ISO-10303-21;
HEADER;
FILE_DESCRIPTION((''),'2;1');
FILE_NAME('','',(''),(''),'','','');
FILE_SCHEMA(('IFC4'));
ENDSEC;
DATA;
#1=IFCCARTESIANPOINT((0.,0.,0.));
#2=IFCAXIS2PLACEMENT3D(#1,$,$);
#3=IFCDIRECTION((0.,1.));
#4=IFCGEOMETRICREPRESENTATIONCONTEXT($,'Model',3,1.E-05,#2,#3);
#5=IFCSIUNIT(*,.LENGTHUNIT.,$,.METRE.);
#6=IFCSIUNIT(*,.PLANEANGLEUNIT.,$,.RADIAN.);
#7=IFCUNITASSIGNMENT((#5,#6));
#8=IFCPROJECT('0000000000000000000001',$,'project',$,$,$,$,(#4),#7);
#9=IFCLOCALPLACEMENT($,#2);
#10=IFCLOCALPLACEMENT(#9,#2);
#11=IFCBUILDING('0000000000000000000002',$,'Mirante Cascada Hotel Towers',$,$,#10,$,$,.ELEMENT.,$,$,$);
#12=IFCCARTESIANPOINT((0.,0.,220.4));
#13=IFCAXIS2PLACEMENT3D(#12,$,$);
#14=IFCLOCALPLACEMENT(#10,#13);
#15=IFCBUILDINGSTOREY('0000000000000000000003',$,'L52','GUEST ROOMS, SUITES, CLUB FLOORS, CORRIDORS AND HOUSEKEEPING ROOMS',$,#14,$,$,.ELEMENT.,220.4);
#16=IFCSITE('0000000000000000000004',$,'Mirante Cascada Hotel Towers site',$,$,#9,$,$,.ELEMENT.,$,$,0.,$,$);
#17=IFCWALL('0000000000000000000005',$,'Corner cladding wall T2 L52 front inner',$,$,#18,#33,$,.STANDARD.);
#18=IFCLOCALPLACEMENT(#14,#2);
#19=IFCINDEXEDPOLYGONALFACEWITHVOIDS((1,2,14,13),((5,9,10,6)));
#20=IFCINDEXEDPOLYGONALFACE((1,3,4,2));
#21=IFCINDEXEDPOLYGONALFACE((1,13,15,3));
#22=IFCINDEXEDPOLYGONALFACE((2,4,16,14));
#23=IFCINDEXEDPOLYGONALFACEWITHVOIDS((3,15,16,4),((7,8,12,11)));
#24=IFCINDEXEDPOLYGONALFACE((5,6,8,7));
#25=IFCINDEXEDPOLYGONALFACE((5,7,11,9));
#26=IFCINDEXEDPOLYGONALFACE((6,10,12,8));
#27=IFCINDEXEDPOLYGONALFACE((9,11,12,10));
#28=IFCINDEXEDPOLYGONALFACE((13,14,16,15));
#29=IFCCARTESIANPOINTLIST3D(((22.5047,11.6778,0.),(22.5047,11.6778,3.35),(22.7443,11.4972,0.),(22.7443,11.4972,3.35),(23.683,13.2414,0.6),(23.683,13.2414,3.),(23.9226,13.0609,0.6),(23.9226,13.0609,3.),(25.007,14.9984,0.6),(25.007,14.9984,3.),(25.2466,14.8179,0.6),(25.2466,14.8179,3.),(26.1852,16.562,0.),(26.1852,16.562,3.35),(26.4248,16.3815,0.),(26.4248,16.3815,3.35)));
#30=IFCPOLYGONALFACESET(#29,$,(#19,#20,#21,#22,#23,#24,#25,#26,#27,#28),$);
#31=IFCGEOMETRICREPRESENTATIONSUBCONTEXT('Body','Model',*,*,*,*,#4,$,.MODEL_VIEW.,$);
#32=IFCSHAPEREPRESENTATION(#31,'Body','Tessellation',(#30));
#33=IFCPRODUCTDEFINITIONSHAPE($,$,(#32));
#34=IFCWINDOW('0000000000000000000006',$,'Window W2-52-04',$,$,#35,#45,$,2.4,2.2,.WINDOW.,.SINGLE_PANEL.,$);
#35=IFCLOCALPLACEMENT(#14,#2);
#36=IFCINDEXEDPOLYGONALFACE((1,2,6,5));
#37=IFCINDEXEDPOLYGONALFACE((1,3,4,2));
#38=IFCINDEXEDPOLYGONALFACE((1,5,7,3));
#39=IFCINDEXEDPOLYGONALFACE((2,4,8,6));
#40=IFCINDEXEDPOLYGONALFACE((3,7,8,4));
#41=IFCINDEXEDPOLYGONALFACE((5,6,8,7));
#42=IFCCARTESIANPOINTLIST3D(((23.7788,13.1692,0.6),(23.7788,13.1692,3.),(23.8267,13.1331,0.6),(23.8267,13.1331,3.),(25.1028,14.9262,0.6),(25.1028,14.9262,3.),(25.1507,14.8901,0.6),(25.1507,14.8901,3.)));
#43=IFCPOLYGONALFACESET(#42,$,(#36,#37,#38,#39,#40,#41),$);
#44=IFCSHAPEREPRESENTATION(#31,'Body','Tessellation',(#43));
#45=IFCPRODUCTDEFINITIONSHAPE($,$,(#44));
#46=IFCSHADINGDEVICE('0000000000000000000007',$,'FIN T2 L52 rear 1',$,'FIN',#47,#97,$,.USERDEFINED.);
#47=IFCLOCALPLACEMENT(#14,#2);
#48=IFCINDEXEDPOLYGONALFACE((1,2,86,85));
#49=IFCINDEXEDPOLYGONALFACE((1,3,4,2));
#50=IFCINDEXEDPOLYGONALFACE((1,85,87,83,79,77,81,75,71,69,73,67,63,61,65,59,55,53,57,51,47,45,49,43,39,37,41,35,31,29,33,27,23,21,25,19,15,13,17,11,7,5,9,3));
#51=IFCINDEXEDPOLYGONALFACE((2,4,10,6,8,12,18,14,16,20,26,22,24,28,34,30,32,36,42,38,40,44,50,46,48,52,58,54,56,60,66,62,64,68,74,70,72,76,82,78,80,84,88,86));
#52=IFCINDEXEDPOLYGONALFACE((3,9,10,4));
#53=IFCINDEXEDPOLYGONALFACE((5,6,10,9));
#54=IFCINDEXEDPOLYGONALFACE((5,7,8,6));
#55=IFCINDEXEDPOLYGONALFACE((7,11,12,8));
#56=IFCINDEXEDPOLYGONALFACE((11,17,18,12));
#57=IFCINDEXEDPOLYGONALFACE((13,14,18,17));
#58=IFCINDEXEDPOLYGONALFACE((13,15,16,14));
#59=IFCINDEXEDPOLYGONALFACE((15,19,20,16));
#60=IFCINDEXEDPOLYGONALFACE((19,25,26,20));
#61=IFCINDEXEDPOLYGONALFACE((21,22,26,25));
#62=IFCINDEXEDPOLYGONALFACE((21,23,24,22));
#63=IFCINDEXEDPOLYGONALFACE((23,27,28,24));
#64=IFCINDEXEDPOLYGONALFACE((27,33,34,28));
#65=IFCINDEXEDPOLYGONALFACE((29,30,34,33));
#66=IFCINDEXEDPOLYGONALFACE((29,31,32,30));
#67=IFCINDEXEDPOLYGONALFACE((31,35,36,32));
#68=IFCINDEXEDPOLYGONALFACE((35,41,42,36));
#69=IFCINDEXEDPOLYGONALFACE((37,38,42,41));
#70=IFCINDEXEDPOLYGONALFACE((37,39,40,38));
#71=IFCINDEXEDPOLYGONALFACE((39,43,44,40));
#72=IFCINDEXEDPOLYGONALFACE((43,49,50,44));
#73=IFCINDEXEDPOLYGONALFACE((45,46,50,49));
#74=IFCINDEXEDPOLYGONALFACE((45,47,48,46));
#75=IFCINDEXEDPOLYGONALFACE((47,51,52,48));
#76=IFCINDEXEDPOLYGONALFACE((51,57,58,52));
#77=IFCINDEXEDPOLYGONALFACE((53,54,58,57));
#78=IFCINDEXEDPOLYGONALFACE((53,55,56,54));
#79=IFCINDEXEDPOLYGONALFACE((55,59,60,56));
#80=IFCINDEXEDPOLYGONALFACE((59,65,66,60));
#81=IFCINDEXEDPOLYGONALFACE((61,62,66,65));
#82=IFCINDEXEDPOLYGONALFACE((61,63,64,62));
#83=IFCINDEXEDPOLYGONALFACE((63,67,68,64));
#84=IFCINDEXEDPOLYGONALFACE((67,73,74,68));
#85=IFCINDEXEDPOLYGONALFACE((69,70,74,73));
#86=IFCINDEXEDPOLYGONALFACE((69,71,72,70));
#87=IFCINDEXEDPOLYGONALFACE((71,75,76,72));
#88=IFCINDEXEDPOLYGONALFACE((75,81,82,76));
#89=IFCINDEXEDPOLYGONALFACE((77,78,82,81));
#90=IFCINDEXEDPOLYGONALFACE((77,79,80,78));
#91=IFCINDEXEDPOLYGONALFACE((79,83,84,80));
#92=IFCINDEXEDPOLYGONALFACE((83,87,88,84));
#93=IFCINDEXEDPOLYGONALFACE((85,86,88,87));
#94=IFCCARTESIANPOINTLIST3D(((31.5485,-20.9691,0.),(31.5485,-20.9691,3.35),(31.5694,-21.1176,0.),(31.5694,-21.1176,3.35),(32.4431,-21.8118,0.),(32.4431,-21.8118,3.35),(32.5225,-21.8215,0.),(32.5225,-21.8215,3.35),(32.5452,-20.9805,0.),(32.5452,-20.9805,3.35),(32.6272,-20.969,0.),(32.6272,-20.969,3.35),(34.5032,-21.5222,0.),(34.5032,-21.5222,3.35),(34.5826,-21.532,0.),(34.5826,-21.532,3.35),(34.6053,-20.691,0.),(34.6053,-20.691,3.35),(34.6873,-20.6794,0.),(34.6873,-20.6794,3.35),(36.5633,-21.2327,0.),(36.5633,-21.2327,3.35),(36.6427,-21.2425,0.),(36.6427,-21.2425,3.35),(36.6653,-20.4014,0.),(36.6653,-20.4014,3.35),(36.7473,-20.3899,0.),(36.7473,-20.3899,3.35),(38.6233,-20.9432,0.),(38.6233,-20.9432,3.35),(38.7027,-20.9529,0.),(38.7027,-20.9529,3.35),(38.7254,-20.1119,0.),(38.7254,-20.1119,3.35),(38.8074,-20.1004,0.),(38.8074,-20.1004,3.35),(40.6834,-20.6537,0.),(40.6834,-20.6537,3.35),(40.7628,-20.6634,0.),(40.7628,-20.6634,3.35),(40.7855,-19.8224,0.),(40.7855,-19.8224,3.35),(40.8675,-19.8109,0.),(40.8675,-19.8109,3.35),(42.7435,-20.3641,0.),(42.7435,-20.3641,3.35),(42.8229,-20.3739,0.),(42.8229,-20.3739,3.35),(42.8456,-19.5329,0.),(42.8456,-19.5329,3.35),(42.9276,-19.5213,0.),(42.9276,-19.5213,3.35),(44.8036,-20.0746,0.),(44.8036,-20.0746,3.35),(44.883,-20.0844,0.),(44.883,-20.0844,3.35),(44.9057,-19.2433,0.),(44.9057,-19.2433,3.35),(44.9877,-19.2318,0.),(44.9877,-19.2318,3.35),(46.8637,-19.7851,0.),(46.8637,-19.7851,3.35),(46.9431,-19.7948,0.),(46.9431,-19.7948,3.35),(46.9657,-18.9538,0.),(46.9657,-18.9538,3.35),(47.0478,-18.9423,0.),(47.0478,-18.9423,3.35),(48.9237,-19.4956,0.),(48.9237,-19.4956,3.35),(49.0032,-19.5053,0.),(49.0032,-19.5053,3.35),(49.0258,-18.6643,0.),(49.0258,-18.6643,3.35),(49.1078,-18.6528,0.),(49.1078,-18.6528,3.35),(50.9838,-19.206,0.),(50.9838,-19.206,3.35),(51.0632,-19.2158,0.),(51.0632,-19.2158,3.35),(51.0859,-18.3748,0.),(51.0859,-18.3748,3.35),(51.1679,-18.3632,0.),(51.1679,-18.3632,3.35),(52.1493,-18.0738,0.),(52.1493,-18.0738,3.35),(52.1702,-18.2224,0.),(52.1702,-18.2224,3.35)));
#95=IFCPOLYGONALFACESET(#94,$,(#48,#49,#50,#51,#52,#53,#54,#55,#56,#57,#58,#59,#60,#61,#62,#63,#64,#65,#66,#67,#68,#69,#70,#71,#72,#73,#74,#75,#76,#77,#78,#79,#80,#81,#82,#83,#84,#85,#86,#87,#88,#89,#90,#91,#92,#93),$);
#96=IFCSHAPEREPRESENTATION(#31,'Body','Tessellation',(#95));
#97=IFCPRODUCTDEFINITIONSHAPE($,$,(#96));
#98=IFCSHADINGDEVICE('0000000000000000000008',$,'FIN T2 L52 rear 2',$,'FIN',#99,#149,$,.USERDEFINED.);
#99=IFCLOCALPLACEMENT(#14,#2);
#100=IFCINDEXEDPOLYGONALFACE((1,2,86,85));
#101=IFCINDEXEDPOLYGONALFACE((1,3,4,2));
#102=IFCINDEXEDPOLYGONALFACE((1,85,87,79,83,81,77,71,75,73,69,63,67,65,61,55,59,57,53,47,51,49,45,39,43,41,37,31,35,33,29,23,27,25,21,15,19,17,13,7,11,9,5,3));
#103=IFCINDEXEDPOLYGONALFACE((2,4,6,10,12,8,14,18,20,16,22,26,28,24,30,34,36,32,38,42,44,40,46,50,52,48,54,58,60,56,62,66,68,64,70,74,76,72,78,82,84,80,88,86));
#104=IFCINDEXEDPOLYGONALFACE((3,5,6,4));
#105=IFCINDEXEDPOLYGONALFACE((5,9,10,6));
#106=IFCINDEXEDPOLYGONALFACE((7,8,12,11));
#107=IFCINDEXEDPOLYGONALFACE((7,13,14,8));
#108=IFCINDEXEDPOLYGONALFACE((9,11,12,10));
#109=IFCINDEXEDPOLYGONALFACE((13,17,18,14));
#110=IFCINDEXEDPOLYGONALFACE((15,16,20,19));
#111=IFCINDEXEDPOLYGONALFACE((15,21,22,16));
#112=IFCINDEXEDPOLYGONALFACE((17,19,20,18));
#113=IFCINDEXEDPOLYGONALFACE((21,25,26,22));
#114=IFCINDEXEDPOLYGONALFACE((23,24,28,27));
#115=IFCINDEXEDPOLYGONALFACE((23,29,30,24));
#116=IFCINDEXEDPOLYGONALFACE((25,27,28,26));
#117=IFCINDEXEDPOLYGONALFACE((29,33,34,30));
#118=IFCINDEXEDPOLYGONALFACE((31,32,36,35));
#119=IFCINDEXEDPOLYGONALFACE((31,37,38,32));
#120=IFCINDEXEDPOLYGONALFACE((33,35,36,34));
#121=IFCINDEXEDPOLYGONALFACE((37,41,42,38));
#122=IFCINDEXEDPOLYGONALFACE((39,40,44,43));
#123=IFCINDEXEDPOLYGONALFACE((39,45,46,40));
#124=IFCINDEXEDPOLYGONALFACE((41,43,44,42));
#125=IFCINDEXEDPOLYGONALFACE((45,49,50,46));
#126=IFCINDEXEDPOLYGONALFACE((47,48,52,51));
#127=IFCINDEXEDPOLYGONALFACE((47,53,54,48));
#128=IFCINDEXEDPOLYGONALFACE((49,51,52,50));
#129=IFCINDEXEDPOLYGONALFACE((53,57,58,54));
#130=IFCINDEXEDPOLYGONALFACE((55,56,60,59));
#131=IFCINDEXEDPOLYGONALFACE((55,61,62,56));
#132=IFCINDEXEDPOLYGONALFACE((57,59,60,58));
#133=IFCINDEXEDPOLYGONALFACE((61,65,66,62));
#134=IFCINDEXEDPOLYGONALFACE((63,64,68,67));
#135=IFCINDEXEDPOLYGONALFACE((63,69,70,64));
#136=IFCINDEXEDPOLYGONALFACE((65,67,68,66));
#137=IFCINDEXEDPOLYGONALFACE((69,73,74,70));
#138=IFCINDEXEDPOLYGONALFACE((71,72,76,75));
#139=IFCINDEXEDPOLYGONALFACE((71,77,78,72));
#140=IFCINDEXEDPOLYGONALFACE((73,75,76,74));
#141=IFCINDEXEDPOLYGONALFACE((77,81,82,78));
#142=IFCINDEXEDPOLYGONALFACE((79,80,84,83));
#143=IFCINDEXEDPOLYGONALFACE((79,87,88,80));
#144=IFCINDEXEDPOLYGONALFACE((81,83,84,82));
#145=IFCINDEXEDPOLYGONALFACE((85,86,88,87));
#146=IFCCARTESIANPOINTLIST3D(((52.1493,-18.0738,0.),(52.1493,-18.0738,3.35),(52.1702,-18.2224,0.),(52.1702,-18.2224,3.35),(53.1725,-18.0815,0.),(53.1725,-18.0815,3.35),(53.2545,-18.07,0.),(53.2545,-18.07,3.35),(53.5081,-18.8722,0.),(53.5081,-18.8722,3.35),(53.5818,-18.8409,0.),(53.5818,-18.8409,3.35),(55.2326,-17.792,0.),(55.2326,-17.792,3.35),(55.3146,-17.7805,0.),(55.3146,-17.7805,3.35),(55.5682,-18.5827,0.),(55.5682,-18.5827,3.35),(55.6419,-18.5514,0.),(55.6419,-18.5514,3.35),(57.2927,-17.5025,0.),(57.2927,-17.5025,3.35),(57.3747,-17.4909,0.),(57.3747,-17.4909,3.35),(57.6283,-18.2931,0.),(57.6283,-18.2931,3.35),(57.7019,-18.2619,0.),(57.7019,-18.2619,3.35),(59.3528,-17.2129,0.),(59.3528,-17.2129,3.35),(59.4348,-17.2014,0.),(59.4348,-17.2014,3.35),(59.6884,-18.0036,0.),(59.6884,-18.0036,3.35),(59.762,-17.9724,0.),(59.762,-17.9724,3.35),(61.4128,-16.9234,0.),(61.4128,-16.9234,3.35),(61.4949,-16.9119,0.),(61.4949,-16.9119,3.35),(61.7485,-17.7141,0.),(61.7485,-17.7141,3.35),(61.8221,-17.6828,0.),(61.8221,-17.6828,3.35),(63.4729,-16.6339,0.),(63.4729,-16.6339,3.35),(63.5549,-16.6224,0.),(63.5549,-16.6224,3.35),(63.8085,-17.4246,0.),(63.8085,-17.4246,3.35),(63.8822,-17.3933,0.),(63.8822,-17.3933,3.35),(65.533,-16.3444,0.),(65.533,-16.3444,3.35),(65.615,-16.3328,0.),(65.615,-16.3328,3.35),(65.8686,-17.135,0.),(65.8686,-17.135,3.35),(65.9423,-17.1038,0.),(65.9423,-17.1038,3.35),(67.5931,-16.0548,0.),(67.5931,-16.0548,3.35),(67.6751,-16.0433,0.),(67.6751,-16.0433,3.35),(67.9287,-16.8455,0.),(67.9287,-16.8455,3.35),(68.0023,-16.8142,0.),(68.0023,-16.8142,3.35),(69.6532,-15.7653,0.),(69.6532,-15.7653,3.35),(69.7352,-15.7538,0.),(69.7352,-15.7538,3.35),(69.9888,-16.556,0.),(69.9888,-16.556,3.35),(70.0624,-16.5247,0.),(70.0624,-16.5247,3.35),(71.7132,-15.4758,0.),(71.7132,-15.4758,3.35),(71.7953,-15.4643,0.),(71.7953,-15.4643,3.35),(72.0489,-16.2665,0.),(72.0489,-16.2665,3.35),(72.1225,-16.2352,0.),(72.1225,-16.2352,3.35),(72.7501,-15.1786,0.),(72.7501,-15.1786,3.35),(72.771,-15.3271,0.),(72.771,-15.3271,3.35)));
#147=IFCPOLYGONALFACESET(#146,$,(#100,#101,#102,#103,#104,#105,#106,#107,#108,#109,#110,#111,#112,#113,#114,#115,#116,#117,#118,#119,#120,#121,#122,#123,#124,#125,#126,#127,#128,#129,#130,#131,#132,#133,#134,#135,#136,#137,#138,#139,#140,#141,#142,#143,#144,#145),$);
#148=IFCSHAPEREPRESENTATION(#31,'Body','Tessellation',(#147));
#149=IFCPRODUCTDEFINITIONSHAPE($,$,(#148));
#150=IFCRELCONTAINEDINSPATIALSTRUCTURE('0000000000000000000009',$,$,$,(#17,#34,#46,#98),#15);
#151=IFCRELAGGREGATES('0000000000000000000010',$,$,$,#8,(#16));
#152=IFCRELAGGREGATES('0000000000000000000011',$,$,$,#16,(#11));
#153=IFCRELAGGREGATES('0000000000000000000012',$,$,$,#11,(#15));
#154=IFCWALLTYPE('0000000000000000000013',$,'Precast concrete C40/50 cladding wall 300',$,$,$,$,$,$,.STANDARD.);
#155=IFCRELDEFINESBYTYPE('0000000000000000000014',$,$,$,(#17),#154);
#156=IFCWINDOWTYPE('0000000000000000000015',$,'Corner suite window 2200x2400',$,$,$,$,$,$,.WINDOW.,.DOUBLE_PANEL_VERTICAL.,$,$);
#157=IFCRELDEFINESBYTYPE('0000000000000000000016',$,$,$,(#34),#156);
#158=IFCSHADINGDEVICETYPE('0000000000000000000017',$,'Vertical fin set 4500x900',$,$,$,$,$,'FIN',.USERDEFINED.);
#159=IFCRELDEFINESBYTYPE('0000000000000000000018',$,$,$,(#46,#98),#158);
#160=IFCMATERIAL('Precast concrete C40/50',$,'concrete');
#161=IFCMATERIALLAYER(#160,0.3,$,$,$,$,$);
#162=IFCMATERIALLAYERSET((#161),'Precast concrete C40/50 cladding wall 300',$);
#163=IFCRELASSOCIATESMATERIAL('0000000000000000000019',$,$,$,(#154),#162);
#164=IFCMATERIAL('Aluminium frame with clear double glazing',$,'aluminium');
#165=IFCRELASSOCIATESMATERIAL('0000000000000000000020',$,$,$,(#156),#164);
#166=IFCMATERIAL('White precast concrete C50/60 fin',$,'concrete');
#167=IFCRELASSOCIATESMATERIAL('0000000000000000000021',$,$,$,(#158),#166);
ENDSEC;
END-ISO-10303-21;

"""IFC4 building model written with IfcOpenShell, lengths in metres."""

from ifc_helpers import new_model, si_unit, direction, frame, frame_2d, origin, place, context, subcontext, project, spatial, polyline, rectangle, outline, extrude, material, layer, layer_set, type_object, element, fill, save


model = new_model("IFC4")

# Units and contexts
model_context = context("Model", 3, precision=1e-05, world=origin(), true_north=direction((0.0, 1.0)))
body_context = subcontext(model_context, "Body", "Model", "MODEL_VIEW")
ifc_project = project(units=[si_unit("LENGTHUNIT", "METRE"), si_unit("PLANEANGLEUNIT", "RADIAN")], contexts=[model_context])

# Site, building, storey
site_placement = place(None, origin())
site = spatial("IfcSite", under=ifc_project, at=site_placement, Name="Mirante Cascada Hotel Towers site", CompositionType="ELEMENT", RefElevation=0.0)
building_placement = place(site_placement, origin())
building = spatial("IfcBuilding", under=site, at=building_placement, Name="Mirante Cascada Hotel Towers", CompositionType="ELEMENT")
storey_placement = place(building_placement, frame((0.0, 0.0, 220.4)))
storey = spatial("IfcBuildingStorey", under=building, at=storey_placement, Name="L52", Description="GUEST ROOMS, SUITES, CLUB FLOORS, CORRIDORS AND HOUSEKEEPING ROOMS", CompositionType="ELEMENT", Elevation=220.4)

# Wall, opening, window
ifc_material_1 = material(Name="Precast concrete C40/50", Category="concrete")
ifc_layer_1 = layer(ifc_material_1, 0.3)
ifc_layer_set_1 = layer_set([ifc_layer_1], Name="Precast concrete C40/50 cladding wall 300")
wall_type_1 = type_object("IfcWallType", Name="Precast concrete C40/50 cladding wall 300", PredefinedType="STANDARD", material=ifc_layer_set_1)
wall_1_placement = place(storey_placement, frame((26.305, 16.4717, 0.0), z_axis=(0.0, 0.0, 1.0), x_axis=(-0.601814, -0.798636, 0.0)))
wall_1 = element("IfcWall", 1, at=wall_1_placement, inside=storey, type_object=wall_type_1, Name="Corner cladding wall T2 L52 front inner", PredefinedType="STANDARD", context=body_context, shape_type="SweptSolid", body=[
    extrude(rectangle(XDim=6.1157, YDim=0.3, at=frame_2d((3.0578, 0.0))), origin(), (0.0, 0.0, 1.0), 3.35),
])
opening_1_placement = place(wall_1_placement, frame((1.9578, 0.0, 0.6)))
opening_1 = element("IfcOpeningElement", 2, at=opening_1_placement, cuts=wall_1, PredefinedType="OPENING", context=body_context, shape_type="SweptSolid", body=[
    extrude(rectangle(XDim=2.2, YDim=2.4, at=frame_2d((1.1, 1.2))), frame((0.0, 0.15, 0.0), z_axis=(0.0, -1.0, 0.0), x_axis=(1.0, 0.0, 0.0)), (0.0, 0.0, 1.0), 0.3),
])
ifc_material_2 = material(Name="Aluminium frame with clear double glazing", Category="aluminium")
window_type = type_object("IfcWindowType", Name="Corner suite window 2200x2400", PartitioningType="DOUBLE_PANEL_VERTICAL", PredefinedType="WINDOW", material=ifc_material_2)
window_placement = place(opening_1_placement, origin())
window = element("IfcWindow", 3, at=window_placement, inside=storey, type_object=window_type, Name="Window W2-52-04", OverallHeight=2.4, OverallWidth=2.2, PartitioningType="SINGLE_PANEL", PredefinedType="WINDOW", context=body_context, shape_type="SweptSolid", body=[
    extrude(rectangle(XDim=2.2, YDim=2.4, at=frame_2d((1.1, 1.2))), frame((0.0, 0.03, 0.0), z_axis=(0.0, -1.0, 0.0), x_axis=(1.0, 0.0, 0.0)), (0.0, 0.0, 1.0), 0.06),
])
fill(opening_1, window)

# Shading devices
ifc_material_3 = material(Name="White precast concrete C50/60 fin", Category="concrete")
shading_device_type = type_object("IfcShadingDeviceType", Name="Vertical fin set 4500x900", ElementType="FIN", PredefinedType="USERDEFINED", material=ifc_material_3)
shading_device_1_placement = place(storey_placement, origin())
element("IfcShadingDevice", 4, at=shading_device_1_placement, inside=storey, type_object=shading_device_type, Name="FIN T2 L52 rear 1", ObjectType="FIN", PredefinedType="USERDEFINED", context=body_context, shape_type="SweptSolid", body=[
    extrude(outline(polyline([(32.4431, -21.8118), (32.5452, -20.9805), (31.5694, -21.1176), (31.5485, -20.9691), (52.1493, -18.0738), (52.1702, -18.2224), (51.1679, -18.3632), (51.0632, -19.2158), (50.9838, -19.206), (51.0859, -18.3748), (49.1078, -18.6528), (49.0032, -19.5053), (48.9237, -19.4956), (49.0258, -18.6643), (47.0478, -18.9423), (46.9431, -19.7948), (46.8637, -19.7851), (46.9657, -18.9538), (44.9877, -19.2318), (44.883, -20.0844), (44.8036, -20.0746), (44.9057, -19.2433), (42.9276, -19.5213), (42.8229, -20.3739), (42.7435, -20.3641), (42.8456, -19.5329), (40.8675, -19.8109), (40.7628, -20.6634), (40.6834, -20.6537), (40.7855, -19.8224), (38.8074, -20.1004), (38.7027, -20.9529), (38.6233, -20.9432), (38.7254, -20.1119), (36.7473, -20.3899), (36.6427, -21.2425), (36.5633, -21.2327), (36.6653, -20.4014), (34.6873, -20.6794), (34.5826, -21.532), (34.5032, -21.5222), (34.6053, -20.691), (32.6272, -20.969), (32.5225, -21.8215), (32.4431, -21.8118)])), origin(), (0.0, 0.0, 1.0), 3.35),
])
shading_device_2_placement = place(storey_placement, origin())
element("IfcShadingDevice", 5, at=shading_device_2_placement, inside=storey, type_object=shading_device_type, Name="FIN T2 L52 rear 2", ObjectType="FIN", PredefinedType="USERDEFINED", context=body_context, shape_type="SweptSolid", body=[
    extrude(outline(polyline([(53.5081, -18.8722), (53.1725, -18.0815), (52.1702, -18.2224), (52.1493, -18.0738), (72.7501, -15.1786), (72.771, -15.3271), (71.7953, -15.4643), (72.1225, -16.2352), (72.0489, -16.2665), (71.7132, -15.4758), (69.7352, -15.7538), (70.0624, -16.5247), (69.9888, -16.556), (69.6532, -15.7653), (67.6751, -16.0433), (68.0023, -16.8142), (67.9287, -16.8455), (67.5931, -16.0548), (65.615, -16.3328), (65.9423, -17.1038), (65.8686, -17.135), (65.533, -16.3444), (63.5549, -16.6224), (63.8822, -17.3933), (63.8085, -17.4246), (63.4729, -16.6339), (61.4949, -16.9119), (61.8221, -17.6828), (61.7485, -17.7141), (61.4128, -16.9234), (59.4348, -17.2014), (59.762, -17.9724), (59.6884, -18.0036), (59.3528, -17.2129), (57.3747, -17.4909), (57.7019, -18.2619), (57.6283, -18.2931), (57.2927, -17.5025), (55.3146, -17.7805), (55.6419, -18.5514), (55.5682, -18.5827), (55.2326, -17.792), (53.2545, -18.07), (53.5818, -18.8409), (53.5081, -18.8722)])), origin(), (0.0, 0.0, 1.0), 3.35),
])

save(model, "model.ifc")
